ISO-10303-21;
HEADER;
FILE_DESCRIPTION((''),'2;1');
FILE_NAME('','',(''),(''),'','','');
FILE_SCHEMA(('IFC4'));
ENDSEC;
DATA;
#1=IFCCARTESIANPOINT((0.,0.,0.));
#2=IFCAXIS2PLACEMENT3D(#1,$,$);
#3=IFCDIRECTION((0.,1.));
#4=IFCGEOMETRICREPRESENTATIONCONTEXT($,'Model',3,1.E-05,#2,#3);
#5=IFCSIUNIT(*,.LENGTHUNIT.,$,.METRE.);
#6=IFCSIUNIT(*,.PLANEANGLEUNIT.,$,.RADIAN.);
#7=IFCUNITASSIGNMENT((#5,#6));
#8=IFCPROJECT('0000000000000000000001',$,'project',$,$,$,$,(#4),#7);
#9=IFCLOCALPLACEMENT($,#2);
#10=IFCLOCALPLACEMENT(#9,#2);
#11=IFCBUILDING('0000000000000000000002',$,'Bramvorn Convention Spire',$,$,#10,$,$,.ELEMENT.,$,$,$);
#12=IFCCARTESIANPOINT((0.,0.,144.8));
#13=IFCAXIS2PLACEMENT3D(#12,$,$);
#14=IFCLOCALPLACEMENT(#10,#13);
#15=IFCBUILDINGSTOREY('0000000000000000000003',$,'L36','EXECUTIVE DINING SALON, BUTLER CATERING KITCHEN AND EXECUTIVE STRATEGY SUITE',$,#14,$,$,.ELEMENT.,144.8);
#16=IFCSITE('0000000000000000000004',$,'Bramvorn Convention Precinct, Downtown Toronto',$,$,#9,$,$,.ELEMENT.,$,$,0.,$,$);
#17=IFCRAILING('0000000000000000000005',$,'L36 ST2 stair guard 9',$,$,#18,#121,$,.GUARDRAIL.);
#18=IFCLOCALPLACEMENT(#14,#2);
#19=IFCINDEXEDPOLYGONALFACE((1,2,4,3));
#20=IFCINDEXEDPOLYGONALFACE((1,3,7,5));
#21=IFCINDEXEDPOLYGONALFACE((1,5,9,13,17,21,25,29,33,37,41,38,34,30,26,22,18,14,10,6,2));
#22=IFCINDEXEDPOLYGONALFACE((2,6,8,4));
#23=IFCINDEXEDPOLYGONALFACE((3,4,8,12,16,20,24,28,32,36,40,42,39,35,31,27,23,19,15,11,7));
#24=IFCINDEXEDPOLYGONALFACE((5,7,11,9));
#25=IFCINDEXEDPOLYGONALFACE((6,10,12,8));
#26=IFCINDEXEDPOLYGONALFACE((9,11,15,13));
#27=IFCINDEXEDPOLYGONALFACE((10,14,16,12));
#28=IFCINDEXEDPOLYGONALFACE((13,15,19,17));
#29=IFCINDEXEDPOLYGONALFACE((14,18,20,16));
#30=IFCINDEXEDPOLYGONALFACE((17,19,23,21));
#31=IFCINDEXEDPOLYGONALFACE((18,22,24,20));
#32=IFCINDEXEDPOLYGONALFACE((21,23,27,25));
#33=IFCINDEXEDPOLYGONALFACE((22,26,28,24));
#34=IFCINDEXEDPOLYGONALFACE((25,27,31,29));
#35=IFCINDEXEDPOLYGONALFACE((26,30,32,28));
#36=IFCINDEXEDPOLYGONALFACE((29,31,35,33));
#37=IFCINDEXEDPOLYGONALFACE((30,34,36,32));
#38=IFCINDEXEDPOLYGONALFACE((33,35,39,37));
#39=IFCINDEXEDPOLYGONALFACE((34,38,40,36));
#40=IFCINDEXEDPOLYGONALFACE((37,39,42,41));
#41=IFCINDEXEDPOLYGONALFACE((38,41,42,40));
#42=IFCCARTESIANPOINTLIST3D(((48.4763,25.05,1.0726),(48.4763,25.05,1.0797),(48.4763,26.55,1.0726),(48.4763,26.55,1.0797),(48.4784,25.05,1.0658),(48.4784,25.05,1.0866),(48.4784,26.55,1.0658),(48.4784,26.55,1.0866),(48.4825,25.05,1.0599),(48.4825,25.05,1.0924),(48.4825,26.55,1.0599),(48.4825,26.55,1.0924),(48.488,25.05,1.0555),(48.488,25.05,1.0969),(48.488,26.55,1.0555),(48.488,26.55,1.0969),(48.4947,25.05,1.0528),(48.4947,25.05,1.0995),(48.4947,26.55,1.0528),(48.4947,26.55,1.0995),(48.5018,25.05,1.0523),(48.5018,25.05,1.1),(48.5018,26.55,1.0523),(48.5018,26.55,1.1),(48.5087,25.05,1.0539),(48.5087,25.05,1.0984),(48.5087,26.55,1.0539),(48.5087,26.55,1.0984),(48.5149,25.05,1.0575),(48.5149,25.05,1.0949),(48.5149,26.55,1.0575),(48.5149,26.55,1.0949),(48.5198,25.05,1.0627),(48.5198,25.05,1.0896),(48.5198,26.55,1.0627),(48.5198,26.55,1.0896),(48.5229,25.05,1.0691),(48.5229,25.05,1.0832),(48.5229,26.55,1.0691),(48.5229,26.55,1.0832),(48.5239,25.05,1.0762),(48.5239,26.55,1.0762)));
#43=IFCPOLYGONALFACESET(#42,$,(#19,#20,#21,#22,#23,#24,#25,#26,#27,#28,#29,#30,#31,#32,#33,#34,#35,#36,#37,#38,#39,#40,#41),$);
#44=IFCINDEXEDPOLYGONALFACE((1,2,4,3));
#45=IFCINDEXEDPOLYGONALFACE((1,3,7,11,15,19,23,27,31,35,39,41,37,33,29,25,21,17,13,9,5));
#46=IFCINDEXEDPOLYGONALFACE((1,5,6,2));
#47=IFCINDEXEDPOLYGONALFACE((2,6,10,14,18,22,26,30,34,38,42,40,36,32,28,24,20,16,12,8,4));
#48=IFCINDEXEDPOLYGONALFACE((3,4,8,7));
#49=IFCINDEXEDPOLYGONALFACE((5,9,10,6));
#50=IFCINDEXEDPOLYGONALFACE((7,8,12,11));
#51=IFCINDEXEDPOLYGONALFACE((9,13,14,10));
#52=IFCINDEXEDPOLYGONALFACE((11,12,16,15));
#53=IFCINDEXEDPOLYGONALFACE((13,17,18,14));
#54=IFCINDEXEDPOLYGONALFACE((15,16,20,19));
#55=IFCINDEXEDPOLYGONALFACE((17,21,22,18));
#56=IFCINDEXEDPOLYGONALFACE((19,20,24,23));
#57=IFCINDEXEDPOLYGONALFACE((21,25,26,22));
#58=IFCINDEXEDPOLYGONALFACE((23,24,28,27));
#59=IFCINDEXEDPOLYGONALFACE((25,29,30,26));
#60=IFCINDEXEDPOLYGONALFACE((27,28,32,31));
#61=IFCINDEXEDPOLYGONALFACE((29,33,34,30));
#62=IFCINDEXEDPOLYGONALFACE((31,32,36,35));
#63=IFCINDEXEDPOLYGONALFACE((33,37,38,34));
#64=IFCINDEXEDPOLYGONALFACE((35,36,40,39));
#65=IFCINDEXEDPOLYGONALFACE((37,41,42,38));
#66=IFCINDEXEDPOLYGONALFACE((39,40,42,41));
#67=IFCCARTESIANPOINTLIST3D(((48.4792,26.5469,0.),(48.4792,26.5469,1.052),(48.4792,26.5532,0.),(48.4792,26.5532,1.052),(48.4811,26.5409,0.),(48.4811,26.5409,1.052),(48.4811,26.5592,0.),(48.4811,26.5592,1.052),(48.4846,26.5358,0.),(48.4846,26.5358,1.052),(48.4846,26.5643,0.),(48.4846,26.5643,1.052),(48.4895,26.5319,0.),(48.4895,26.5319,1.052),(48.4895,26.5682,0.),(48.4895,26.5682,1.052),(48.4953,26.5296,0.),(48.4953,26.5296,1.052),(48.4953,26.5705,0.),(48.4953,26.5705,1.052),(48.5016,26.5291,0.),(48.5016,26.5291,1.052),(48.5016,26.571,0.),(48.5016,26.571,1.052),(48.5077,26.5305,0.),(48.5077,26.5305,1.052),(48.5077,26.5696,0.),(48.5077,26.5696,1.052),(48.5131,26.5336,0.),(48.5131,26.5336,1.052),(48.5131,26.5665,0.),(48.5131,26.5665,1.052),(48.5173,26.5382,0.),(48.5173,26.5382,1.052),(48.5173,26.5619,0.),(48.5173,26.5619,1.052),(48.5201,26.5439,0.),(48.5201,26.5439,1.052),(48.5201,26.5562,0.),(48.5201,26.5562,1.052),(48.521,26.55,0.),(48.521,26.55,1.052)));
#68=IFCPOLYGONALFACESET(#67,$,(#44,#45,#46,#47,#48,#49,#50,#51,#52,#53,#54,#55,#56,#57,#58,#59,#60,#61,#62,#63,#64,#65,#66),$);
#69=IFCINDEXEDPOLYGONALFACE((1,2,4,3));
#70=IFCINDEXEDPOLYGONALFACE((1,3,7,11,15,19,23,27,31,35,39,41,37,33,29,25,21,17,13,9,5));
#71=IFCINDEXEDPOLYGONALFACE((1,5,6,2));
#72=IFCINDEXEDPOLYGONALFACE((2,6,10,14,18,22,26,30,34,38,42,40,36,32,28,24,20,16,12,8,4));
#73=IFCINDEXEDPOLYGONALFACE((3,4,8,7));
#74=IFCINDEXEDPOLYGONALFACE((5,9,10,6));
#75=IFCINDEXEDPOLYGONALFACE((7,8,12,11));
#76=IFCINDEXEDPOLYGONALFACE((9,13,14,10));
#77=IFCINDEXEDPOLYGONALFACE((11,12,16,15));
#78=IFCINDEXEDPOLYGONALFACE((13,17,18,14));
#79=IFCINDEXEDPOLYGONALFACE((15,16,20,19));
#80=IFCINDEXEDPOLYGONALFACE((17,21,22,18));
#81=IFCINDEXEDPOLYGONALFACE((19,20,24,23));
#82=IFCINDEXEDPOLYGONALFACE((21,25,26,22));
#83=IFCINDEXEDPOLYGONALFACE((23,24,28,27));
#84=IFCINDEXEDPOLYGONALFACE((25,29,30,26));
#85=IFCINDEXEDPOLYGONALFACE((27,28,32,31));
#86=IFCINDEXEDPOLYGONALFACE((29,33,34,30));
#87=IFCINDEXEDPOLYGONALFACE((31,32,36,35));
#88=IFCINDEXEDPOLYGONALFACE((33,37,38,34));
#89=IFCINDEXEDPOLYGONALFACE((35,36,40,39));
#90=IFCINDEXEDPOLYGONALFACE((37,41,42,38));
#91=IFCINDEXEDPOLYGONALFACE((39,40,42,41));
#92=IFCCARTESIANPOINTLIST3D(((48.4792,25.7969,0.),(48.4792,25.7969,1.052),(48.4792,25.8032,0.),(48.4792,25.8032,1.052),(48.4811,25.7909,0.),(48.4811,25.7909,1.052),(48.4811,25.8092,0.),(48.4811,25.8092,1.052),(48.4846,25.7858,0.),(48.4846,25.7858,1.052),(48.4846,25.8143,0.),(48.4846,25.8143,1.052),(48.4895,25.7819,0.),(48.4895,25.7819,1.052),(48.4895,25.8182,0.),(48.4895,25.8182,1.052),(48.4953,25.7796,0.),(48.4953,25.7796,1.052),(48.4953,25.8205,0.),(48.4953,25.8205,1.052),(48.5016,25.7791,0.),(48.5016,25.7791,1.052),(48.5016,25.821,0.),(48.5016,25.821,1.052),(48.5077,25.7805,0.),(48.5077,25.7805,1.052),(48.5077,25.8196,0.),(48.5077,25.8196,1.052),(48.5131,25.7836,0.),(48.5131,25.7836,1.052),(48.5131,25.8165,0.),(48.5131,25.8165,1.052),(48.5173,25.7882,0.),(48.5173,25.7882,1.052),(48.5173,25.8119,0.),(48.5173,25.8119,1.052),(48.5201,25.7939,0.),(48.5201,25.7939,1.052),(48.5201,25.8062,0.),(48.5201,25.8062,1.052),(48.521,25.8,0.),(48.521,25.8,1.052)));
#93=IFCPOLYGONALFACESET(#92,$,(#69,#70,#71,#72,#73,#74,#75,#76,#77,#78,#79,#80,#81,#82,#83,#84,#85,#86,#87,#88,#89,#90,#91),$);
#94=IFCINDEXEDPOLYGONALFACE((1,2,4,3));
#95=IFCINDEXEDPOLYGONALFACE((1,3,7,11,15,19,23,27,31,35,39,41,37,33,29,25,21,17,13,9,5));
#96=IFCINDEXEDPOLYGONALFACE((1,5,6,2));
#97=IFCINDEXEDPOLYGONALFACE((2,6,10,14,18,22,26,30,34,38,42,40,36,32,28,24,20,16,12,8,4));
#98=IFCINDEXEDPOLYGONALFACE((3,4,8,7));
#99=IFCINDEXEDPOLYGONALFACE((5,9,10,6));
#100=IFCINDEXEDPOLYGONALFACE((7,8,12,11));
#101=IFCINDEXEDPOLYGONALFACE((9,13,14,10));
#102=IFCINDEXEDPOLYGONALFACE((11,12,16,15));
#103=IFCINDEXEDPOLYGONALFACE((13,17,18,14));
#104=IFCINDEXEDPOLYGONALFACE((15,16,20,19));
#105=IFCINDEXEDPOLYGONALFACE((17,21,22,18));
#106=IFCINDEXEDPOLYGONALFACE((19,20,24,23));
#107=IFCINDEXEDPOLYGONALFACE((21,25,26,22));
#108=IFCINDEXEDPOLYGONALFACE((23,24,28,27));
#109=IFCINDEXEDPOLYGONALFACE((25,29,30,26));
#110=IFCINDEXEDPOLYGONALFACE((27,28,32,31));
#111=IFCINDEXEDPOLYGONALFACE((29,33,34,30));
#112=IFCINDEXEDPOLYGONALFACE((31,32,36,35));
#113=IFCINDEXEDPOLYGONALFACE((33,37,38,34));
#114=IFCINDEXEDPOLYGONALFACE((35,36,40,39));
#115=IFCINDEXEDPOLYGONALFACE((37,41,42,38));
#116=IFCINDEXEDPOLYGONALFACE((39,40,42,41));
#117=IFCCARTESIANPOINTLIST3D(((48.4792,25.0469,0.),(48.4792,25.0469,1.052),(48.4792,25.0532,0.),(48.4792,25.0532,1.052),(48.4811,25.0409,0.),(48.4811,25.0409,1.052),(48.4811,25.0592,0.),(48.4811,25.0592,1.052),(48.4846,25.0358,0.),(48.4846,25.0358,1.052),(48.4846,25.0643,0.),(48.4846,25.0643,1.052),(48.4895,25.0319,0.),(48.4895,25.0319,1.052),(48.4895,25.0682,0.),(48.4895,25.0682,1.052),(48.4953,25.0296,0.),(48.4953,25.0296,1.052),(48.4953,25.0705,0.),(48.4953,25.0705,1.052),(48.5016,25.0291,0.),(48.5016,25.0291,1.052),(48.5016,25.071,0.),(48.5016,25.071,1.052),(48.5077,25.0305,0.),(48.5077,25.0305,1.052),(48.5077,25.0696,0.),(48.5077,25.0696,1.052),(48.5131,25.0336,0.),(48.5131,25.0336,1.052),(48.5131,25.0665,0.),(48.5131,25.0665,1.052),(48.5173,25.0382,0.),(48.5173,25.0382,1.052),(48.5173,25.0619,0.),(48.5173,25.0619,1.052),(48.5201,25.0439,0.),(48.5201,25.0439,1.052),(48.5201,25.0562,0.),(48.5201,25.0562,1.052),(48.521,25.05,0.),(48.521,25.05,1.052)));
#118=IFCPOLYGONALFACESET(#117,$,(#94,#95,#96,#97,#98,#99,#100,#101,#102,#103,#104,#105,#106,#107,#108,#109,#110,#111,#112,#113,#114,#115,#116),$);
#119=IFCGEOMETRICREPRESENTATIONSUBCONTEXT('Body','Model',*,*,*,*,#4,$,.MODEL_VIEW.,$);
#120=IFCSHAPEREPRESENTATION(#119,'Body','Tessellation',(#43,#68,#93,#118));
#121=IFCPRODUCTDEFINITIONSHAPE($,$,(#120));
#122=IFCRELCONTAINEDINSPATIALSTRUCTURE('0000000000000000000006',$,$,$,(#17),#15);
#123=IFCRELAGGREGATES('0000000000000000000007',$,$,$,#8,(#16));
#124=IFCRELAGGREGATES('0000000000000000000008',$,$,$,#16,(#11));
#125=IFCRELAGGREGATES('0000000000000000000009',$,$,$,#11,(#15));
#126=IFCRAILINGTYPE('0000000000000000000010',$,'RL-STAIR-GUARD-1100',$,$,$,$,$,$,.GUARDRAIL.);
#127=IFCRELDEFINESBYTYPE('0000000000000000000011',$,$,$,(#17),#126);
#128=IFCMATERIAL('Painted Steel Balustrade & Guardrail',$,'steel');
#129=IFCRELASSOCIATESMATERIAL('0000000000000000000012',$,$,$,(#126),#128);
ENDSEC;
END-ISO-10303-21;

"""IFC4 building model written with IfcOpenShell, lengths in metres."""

from ifc_helpers import new_model, si_unit, direction, frame, origin, origin_2d, place, context, subcontext, project, spatial, circle, extrude, material, type_object, element, save


model = new_model("IFC4")

# Units and contexts
model_context = context("Model", 3, precision=1e-05, world=origin(), true_north=direction((0.0, 1.0)))
body_context = subcontext(model_context, "Body", "Model", "MODEL_VIEW")
ifc_project = project(units=[si_unit("LENGTHUNIT", "METRE"), si_unit("PLANEANGLEUNIT", "RADIAN")], contexts=[model_context])

# Site, building, storey
site_placement = place(None, origin())
site = spatial("IfcSite", under=ifc_project, at=site_placement, Name="Bramvorn Convention Precinct, Downtown Toronto", CompositionType="ELEMENT", RefElevation=0.0)
building_placement = place(site_placement, origin())
building = spatial("IfcBuilding", under=site, at=building_placement, Name="Bramvorn Convention Spire", CompositionType="ELEMENT")
storey_placement = place(building_placement, frame((0.0, 0.0, 144.8)))
storey = spatial("IfcBuildingStorey", under=building, at=storey_placement, Name="L36", Description="EXECUTIVE DINING SALON, BUTLER CATERING KITCHEN AND EXECUTIVE STRATEGY SUITE", CompositionType="ELEMENT", Elevation=144.8)

# Railing
ifc_material_1 = material(Name="Painted Steel Balustrade & Guardrail", Category="steel")
railing_type_1 = type_object("IfcRailingType", Name="RL-STAIR-GUARD-1100", PredefinedType="GUARDRAIL", material=ifc_material_1)
for number, where, name in (
    (1, (48.5, 26.55, 0.0), "L36 ST2 stair guard 9"),
):
    element("IfcRailing", number, at=place(storey_placement, frame(where)), inside=storey, type_object=railing_type_1, Name=name, PredefinedType="GUARDRAIL", context=body_context, shape_type="SweptSolid", body=[
        extrude(circle(Radius=0.0239, at=origin_2d()), frame((0.0, 0.0, 1.0762), z_axis=(0.0, -1.0, 0.0), x_axis=(1.0, 0.0, 0.0)), (0.0, 0.0, 1.0), 1.5),
        extrude(circle(Radius=0.021, at=origin_2d()), origin(), (0.0, 0.0, 1.0), 1.052),
        extrude(circle(Radius=0.021, at=origin_2d()), frame((0.0, -0.75, 0.0)), (0.0, 0.0, 1.0), 1.052),
        extrude(circle(Radius=0.021, at=origin_2d()), frame((0.0, -1.5, 0.0)), (0.0, 0.0, 1.0), 1.052),
    ])

save(model, "model.ifc")
